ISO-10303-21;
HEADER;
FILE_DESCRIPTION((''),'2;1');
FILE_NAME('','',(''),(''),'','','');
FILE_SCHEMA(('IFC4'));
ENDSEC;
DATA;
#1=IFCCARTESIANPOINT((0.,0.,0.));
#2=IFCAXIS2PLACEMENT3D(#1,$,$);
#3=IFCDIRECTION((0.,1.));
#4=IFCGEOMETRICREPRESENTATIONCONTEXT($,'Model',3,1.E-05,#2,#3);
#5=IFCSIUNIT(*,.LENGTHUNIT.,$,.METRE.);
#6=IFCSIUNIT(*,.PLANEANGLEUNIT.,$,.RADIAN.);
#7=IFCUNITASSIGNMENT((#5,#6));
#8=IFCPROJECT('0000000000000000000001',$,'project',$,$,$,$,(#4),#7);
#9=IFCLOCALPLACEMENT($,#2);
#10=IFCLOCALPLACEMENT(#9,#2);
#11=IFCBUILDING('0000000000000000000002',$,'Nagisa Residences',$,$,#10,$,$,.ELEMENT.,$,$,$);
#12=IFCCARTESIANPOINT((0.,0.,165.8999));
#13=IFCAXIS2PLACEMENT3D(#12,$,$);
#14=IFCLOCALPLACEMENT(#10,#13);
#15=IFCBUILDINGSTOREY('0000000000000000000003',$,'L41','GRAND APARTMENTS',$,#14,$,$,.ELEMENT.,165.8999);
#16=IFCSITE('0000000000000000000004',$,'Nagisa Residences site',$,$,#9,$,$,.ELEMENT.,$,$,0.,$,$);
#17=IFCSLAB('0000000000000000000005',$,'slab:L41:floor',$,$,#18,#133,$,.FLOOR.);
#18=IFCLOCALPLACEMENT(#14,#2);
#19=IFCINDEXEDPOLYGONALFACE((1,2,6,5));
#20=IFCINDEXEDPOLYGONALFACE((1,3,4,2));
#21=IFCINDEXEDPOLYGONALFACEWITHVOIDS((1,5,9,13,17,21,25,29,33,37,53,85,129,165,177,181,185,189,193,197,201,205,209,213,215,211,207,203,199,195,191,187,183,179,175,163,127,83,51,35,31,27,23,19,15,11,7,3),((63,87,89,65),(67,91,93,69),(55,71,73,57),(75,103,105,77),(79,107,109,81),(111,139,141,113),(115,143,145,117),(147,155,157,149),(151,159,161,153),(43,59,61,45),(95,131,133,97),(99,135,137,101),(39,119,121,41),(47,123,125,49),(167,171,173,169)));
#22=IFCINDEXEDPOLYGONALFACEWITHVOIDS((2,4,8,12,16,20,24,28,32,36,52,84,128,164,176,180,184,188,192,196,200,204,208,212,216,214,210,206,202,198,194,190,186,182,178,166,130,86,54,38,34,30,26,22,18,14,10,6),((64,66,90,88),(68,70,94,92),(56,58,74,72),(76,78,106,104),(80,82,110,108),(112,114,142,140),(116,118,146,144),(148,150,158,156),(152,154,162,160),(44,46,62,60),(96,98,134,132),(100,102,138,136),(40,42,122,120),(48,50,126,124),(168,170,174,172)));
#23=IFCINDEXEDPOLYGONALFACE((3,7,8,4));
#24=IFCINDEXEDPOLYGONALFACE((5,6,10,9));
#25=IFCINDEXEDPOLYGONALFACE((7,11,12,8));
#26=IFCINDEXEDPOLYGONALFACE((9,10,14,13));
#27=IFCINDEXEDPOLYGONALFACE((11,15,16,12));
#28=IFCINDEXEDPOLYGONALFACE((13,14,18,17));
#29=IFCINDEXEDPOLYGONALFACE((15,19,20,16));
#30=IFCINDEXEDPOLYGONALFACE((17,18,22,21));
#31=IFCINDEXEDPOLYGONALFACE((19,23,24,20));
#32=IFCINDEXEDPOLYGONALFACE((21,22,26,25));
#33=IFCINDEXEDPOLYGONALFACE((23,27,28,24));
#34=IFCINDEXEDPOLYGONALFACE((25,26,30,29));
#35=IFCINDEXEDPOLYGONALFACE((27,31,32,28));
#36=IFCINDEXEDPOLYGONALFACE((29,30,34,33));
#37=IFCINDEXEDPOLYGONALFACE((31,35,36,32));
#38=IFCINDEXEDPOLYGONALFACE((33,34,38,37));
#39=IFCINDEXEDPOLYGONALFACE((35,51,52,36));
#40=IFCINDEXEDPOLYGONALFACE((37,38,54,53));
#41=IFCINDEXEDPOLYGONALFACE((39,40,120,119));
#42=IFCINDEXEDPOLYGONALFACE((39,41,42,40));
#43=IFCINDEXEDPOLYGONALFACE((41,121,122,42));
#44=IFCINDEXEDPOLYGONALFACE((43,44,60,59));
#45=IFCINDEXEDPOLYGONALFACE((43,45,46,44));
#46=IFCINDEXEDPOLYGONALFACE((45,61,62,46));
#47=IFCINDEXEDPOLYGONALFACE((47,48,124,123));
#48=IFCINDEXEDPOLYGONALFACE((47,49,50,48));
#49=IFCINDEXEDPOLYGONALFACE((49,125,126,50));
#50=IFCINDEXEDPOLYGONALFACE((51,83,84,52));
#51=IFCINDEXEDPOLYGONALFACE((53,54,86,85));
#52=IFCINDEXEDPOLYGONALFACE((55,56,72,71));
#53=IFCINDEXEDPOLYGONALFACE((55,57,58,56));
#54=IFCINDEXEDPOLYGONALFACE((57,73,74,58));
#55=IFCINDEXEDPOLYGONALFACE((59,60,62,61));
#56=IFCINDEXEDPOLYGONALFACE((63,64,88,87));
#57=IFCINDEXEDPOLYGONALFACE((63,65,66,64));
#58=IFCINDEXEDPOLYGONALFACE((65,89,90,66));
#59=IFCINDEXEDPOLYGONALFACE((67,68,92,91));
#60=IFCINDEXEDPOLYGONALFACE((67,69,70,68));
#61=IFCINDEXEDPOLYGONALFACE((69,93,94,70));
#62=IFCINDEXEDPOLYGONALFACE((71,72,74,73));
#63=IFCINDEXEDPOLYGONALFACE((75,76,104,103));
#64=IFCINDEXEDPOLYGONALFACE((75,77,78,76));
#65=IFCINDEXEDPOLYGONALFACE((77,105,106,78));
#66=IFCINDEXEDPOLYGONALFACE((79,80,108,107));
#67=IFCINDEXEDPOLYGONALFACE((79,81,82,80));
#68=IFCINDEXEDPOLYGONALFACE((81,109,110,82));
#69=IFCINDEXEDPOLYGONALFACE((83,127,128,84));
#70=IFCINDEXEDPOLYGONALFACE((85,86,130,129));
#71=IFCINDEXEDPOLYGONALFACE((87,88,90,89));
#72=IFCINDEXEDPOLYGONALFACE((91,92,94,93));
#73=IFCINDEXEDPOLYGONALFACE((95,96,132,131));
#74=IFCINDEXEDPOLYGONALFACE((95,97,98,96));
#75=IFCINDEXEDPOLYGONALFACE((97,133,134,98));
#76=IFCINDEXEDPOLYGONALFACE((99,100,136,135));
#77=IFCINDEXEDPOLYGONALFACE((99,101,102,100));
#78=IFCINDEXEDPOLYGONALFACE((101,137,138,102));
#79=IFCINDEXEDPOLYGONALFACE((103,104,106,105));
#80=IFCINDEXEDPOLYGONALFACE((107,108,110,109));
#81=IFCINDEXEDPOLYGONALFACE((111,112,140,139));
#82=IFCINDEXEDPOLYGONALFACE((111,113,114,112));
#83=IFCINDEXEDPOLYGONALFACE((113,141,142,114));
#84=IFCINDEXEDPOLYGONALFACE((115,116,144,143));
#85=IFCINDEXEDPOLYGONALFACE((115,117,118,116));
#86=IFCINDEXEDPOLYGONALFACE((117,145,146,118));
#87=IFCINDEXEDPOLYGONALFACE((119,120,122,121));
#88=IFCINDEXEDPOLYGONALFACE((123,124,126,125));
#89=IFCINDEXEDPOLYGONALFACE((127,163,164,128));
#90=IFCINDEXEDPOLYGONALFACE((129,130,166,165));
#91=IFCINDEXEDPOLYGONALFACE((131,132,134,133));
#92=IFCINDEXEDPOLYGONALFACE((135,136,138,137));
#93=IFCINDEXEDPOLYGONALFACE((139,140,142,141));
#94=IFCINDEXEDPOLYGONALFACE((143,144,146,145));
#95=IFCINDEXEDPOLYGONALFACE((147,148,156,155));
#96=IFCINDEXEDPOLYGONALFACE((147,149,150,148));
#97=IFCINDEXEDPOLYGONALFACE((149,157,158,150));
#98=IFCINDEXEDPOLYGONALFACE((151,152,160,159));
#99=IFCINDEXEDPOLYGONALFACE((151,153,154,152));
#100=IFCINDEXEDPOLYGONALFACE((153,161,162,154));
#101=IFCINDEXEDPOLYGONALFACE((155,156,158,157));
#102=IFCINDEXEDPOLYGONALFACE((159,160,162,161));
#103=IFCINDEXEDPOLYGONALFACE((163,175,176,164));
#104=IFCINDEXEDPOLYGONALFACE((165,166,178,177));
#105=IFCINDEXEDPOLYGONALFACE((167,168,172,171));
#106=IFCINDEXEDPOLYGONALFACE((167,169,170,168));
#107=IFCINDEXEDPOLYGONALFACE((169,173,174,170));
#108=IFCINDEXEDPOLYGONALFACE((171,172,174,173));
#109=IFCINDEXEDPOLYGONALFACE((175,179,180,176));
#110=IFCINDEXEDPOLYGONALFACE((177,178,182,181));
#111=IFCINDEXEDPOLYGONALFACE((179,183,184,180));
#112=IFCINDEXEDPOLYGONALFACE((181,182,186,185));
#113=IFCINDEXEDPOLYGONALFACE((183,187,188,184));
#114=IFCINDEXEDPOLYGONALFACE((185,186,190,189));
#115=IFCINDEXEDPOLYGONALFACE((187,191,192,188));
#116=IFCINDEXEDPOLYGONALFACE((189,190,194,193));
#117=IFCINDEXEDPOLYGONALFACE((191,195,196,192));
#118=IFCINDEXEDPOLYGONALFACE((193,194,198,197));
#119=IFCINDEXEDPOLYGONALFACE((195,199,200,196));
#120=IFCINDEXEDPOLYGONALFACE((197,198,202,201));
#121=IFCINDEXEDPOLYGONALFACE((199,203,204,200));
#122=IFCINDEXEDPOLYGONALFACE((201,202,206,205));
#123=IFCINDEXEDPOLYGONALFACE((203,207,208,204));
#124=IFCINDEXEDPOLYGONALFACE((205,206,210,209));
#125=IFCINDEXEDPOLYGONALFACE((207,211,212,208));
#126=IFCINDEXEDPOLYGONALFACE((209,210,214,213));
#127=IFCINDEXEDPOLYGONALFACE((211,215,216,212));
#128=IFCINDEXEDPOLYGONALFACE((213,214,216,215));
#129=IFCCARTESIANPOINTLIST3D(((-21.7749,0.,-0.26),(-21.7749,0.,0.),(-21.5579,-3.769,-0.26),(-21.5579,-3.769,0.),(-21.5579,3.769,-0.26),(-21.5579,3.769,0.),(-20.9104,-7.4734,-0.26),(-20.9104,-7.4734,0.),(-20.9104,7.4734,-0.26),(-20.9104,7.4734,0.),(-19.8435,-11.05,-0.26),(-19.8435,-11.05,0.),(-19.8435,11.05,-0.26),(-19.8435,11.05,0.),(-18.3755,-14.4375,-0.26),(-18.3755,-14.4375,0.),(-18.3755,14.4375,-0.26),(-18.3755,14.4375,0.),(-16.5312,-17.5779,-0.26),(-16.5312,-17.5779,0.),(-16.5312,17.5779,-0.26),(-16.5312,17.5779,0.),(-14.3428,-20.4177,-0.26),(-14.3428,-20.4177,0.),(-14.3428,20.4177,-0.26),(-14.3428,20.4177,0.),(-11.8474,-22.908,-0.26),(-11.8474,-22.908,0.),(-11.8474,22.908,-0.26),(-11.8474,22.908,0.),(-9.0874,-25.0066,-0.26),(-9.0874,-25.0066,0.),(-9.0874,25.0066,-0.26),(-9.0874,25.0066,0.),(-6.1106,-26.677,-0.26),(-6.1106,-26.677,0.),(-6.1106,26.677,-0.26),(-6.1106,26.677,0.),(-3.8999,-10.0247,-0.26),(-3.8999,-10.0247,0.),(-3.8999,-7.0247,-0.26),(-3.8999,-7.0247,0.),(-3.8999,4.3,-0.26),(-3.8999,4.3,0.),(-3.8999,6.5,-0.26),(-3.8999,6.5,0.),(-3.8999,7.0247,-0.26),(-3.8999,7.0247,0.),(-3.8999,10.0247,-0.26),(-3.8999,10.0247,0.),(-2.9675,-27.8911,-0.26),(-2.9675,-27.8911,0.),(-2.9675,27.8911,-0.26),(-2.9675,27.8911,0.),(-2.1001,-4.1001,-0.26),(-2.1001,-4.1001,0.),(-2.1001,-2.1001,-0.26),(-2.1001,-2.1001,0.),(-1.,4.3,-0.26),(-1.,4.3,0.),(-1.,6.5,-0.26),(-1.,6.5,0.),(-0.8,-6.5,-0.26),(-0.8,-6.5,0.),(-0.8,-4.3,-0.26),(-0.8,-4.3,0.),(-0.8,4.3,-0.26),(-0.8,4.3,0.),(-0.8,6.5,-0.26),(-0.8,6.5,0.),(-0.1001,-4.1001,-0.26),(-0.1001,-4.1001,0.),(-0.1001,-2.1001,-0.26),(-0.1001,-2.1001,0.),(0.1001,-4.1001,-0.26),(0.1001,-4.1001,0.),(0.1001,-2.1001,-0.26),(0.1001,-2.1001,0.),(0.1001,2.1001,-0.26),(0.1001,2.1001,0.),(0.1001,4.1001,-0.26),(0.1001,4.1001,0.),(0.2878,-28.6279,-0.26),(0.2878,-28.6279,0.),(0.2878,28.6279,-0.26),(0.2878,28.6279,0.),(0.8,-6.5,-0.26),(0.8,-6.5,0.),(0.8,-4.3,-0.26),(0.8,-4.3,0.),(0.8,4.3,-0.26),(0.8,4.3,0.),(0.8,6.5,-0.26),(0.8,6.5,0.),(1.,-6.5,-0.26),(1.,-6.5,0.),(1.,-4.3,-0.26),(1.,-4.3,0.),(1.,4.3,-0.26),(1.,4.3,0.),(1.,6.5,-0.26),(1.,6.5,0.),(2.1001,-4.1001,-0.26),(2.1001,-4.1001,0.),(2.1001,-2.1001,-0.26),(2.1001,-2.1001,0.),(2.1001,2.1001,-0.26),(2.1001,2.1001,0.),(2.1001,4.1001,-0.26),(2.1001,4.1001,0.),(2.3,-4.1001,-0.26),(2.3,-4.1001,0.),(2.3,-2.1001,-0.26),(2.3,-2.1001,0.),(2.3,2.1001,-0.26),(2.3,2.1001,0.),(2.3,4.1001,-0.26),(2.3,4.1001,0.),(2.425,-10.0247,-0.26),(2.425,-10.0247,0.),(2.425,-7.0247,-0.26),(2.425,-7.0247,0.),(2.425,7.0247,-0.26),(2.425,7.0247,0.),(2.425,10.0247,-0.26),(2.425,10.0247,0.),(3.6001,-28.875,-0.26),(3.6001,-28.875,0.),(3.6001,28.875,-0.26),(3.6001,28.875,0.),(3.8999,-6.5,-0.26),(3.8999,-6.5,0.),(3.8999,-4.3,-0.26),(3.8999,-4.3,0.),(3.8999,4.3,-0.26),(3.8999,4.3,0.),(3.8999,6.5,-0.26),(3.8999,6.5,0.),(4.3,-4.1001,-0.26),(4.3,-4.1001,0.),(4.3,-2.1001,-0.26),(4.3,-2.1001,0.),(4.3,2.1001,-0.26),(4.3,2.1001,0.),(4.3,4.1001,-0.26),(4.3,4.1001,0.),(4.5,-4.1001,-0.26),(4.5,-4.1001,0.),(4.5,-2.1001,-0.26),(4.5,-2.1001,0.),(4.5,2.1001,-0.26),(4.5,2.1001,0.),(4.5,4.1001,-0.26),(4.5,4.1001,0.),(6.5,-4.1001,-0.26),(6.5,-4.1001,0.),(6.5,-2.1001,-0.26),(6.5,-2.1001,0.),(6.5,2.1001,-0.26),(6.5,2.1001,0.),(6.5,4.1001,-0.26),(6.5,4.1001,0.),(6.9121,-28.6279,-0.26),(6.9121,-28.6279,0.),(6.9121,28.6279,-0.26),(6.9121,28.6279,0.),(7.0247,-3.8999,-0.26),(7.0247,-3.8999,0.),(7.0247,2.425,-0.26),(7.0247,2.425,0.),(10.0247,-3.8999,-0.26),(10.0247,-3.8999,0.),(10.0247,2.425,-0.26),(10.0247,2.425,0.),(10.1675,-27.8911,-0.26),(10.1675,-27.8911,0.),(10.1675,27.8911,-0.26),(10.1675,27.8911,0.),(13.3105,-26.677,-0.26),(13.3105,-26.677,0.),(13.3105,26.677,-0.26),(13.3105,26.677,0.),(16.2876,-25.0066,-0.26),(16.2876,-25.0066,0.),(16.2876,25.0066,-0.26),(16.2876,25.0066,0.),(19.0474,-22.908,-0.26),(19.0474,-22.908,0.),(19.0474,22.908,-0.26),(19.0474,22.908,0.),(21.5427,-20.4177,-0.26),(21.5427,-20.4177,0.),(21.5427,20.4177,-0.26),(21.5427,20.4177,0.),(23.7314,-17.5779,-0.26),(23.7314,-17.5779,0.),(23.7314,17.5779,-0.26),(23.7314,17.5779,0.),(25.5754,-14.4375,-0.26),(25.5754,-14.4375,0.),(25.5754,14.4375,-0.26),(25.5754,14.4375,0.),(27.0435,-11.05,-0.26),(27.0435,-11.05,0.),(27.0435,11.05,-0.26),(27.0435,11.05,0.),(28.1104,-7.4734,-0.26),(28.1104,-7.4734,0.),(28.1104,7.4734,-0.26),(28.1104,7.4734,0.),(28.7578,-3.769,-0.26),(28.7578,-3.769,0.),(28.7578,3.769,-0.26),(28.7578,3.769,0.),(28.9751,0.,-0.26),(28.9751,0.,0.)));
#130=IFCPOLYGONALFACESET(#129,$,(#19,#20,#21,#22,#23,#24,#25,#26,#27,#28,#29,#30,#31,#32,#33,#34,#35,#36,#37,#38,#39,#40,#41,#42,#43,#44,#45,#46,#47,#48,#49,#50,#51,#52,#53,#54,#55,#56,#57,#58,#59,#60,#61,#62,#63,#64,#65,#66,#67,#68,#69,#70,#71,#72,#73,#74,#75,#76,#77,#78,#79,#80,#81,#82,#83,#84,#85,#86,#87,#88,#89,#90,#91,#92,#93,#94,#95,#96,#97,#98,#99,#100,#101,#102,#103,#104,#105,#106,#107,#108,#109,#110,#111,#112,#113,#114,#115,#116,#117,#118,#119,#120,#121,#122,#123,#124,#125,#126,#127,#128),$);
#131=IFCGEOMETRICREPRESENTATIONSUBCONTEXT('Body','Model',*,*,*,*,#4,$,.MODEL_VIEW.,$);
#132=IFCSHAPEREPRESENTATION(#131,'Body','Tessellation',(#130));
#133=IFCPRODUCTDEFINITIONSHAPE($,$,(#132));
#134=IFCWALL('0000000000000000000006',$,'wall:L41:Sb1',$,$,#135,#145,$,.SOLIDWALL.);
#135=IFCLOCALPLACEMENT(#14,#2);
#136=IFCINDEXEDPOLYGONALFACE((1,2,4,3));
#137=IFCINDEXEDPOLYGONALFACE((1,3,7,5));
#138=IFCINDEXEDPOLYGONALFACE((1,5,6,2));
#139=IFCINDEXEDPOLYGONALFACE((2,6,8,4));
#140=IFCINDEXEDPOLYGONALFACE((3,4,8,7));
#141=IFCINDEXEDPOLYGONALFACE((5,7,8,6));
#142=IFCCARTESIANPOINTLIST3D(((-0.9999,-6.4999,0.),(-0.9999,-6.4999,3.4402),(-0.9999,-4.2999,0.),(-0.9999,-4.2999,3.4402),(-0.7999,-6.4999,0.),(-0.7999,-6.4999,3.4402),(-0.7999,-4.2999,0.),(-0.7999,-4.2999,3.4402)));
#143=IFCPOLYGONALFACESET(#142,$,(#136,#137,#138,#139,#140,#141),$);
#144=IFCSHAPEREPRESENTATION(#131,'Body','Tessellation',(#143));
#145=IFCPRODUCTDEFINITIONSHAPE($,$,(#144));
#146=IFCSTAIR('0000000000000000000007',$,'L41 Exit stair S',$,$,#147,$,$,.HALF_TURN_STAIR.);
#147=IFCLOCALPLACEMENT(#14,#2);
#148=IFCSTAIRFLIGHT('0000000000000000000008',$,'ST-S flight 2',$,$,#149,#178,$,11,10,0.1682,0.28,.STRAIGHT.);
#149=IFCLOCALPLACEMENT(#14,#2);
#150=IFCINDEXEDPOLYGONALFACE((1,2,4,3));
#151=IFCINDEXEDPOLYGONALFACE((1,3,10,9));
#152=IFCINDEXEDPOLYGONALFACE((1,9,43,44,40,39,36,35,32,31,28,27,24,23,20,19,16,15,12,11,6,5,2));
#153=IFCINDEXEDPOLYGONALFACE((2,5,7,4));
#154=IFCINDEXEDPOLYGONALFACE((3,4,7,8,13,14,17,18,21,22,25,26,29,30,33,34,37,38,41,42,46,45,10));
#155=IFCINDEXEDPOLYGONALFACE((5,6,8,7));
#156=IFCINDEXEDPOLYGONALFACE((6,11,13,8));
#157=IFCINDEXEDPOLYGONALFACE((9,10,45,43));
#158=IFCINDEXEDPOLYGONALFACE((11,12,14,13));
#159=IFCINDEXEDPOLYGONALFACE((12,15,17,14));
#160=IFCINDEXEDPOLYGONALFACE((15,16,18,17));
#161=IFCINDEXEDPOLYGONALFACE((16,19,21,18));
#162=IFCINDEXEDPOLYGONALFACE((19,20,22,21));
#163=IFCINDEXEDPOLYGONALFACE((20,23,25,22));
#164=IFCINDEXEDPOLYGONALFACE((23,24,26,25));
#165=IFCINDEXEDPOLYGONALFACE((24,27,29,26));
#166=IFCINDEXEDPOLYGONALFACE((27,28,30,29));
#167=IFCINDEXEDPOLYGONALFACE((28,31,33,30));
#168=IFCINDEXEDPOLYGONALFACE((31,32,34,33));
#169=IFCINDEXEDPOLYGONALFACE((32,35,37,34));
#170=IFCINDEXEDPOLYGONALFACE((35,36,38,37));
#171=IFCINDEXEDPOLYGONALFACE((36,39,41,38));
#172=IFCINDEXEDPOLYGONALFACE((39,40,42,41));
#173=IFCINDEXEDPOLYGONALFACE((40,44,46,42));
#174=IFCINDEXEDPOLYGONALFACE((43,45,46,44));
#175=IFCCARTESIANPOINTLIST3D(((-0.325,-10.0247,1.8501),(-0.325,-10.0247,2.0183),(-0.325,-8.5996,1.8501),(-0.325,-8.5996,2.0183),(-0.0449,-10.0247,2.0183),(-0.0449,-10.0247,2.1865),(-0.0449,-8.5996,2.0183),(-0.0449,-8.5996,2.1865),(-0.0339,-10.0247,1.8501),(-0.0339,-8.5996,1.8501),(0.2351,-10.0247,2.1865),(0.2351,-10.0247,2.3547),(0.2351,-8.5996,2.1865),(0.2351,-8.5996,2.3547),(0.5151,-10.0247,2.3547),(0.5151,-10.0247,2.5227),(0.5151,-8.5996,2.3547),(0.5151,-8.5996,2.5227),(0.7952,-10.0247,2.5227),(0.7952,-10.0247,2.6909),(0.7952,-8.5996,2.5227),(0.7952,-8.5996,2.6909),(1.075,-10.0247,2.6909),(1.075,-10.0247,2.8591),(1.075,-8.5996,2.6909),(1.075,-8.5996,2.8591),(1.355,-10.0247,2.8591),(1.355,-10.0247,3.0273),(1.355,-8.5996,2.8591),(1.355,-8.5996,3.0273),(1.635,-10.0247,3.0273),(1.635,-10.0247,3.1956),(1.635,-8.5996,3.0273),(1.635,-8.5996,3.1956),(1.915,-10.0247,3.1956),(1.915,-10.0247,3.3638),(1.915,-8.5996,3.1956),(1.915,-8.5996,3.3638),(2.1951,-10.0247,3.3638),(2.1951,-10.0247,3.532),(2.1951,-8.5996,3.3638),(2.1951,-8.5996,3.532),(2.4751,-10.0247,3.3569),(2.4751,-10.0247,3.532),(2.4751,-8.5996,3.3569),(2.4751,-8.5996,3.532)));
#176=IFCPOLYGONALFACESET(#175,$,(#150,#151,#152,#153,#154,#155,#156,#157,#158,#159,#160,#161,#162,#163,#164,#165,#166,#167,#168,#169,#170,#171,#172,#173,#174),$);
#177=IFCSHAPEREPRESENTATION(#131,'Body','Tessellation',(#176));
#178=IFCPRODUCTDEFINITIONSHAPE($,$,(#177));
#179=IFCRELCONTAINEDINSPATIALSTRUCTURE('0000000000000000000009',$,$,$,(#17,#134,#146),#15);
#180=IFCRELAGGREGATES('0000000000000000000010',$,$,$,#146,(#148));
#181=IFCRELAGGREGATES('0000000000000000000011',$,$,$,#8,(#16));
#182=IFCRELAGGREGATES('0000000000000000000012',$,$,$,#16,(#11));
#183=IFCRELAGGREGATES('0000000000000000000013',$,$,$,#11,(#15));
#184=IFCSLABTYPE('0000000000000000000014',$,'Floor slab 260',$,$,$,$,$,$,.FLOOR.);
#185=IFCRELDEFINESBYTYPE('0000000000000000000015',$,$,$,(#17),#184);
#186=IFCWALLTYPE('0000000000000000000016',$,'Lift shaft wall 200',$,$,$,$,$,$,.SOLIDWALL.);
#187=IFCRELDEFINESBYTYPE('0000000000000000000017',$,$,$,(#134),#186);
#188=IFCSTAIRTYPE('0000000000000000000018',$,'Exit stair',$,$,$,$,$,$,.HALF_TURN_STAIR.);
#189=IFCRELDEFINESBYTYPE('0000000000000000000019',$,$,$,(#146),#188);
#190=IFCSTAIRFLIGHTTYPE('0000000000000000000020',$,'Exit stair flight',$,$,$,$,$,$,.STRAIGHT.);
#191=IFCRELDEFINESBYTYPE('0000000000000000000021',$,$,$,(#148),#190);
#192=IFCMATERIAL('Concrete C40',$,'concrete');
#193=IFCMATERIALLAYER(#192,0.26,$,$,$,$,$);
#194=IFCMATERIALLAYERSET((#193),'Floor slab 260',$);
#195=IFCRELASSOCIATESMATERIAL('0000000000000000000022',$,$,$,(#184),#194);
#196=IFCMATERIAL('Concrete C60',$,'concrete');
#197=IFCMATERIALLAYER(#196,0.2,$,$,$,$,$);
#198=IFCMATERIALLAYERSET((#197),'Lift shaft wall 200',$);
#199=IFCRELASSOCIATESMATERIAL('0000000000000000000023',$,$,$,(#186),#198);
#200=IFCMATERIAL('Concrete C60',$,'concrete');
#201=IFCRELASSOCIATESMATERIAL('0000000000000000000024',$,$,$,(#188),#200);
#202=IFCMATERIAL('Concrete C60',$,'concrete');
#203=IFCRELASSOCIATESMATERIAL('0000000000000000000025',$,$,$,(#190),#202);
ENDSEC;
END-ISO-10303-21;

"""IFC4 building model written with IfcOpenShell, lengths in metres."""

from ifc_helpers import new_model, si_unit, direction, frame, frame_2d, origin, place, context, subcontext, project, spatial, polyline, rectangle, outline, extrude, material, layer, layer_set, type_object, element, aggregate, save


model = new_model("IFC4")

# Units and contexts
model_context = context("Model", 3, precision=1e-05, world=origin(), true_north=direction((0.0, 1.0)))
body_context = subcontext(model_context, "Body", "Model", "MODEL_VIEW")
ifc_project = project(units=[si_unit("LENGTHUNIT", "METRE"), si_unit("PLANEANGLEUNIT", "RADIAN")], contexts=[model_context])

# Site, building, storey
site_placement = place(None, origin())
site = spatial("IfcSite", under=ifc_project, at=site_placement, Name="Nagisa Residences site", CompositionType="ELEMENT", RefElevation=0.0)
building_placement = place(site_placement, origin())
building = spatial("IfcBuilding", under=site, at=building_placement, Name="Nagisa Residences", CompositionType="ELEMENT")
storey_placement = place(building_placement, frame((0.0, 0.0, 165.8999)))
storey = spatial("IfcBuildingStorey", under=building, at=storey_placement, Name="L41", Description="GRAND APARTMENTS", CompositionType="ELEMENT", Elevation=165.8999)

# Slab
ifc_material_1 = material(Name="Concrete C40", Category="concrete")
ifc_layer_1 = layer(ifc_material_1, 0.26)
ifc_layer_set_1 = layer_set([ifc_layer_1], Name="Floor slab 260")
slab_type_1 = type_object("IfcSlabType", Name="Floor slab 260", PredefinedType="FLOOR", material=ifc_layer_set_1)
slab_1_placement = place(storey_placement, frame((0.0, 0.0, -0.26)))
element("IfcSlab", 1, at=slab_1_placement, inside=storey, type_object=slab_type_1, Name="slab:L41:floor", PredefinedType="FLOOR", context=body_context, shape_type="SweptSolid", body=[
    extrude(outline(polyline([(28.9751, 0.0), (28.7578, 3.769), (28.1104, 7.4734), (27.0435, 11.05), (25.5754, 14.4375), (23.7314, 17.5779), (21.5427, 20.4177), (19.0474, 22.908), (16.2876, 25.0066), (13.3105, 26.677), (10.1675, 27.8911), (6.9121, 28.6279), (3.6001, 28.875), (0.2878, 28.6279), (-2.9675, 27.8911), (-6.1106, 26.677), (-9.0874, 25.0066), (-11.8474, 22.908), (-14.3428, 20.4177), (-16.5312, 17.5779), (-18.3755, 14.4375), (-19.8435, 11.05), (-20.9104, 7.4734), (-21.5579, 3.769), (-21.7749, 0.0), (-21.5579, -3.769), (-20.9104, -7.4734), (-19.8435, -11.05), (-18.3755, -14.4375), (-16.5312, -17.5779), (-14.3428, -20.4177), (-11.8474, -22.908), (-9.0874, -25.0066), (-6.1106, -26.677), (-2.9675, -27.8911), (0.2878, -28.6279), (3.6001, -28.875), (6.9121, -28.6279), (10.1675, -27.8911), (13.3105, -26.677), (16.2876, -25.0066), (19.0474, -22.908), (21.5427, -20.4177), (23.7314, -17.5779), (25.5754, -14.4375), (27.0435, -11.05), (28.1104, -7.4734), (28.7578, -3.769), (28.9751, 0.0)]), holes=[polyline([(2.1001, 2.1001), (2.1001, 4.1001), (0.1001, 4.1001), (0.1001, 2.1001), (2.1001, 2.1001)]), polyline([(4.3, 2.1001), (4.3, 4.1001), (2.3, 4.1001), (2.3, 2.1001), (4.3, 2.1001)]), polyline([(6.5, 2.1001), (6.5, 4.1001), (4.5, 4.1001), (4.5, 2.1001), (6.5, 2.1001)]), polyline([(-0.1001, -4.1001), (-0.1001, -2.1001), (-2.1001, -2.1001), (-2.1001, -4.1001), (-0.1001, -4.1001)]), polyline([(2.1001, -4.1001), (2.1001, -2.1001), (0.1001, -2.1001), (0.1001, -4.1001), (2.1001, -4.1001)]), polyline([(4.3, -4.1001), (4.3, -2.1001), (2.3, -2.1001), (2.3, -4.1001), (4.3, -4.1001)]), polyline([(6.5, -4.1001), (6.5, -2.1001), (4.5, -2.1001), (4.5, -4.1001), (6.5, -4.1001)]), polyline([(3.8999, 4.3), (3.8999, 6.5), (1.0, 6.5), (1.0, 4.3), (3.8999, 4.3)]), polyline([(3.8999, -6.5), (3.8999, -4.3), (1.0, -4.3), (1.0, -6.5), (3.8999, -6.5)]), polyline([(-1.0, 4.3), (-1.0, 6.5), (-3.8999, 6.5), (-3.8999, 4.3), (-1.0, 4.3)]), polyline([(0.8, 4.3), (0.8, 6.5), (-0.8, 6.5), (-0.8, 4.3), (0.8, 4.3)]), polyline([(0.8, -6.5), (0.8, -4.3), (-0.8, -4.3), (-0.8, -6.5), (0.8, -6.5)]), polyline([(10.0247, -3.8999), (7.0247, -3.8999), (7.0247, 2.425), (10.0247, 2.425), (10.0247, -3.8999)]), polyline([(-3.8999, 7.0247), (-3.8999, 10.0247), (2.425, 10.0247), (2.425, 7.0247), (-3.8999, 7.0247)]), polyline([(-3.8999, -10.0247), (-3.8999, -7.0247), (2.425, -7.0247), (2.425, -10.0247), (-3.8999, -10.0247)])]), origin(), (0.0, 0.0, 1.0), 0.26),
])

# Wall
ifc_material_2 = material(Name="Concrete C60", Category="concrete")
ifc_layer_2 = layer(ifc_material_2, 0.2)
ifc_layer_set_2 = layer_set([ifc_layer_2], Name="Lift shaft wall 200")
wall_type = type_object("IfcWallType", Name="Lift shaft wall 200", PredefinedType="SOLIDWALL", material=ifc_layer_set_2)
wall_placement = place(storey_placement, frame((-0.8999, -6.5, 0.0), z_axis=(0.0, 0.0, 1.0), x_axis=(0.0, 1.0, 0.0)))
element("IfcWall", 2, at=wall_placement, inside=storey, type_object=wall_type, Name="wall:L41:Sb1", PredefinedType="SOLIDWALL", context=body_context, shape_type="SweptSolid", body=[
    extrude(rectangle(XDim=2.2, YDim=0.2, at=frame_2d((1.1001, 0.0))), origin(), (0.0, 0.0, 1.0), 3.4402),
])

# Stair, stair flight
ifc_material_3 = material(Name="Concrete C60", Category="concrete")
stair_type = type_object("IfcStairType", Name="Exit stair", PredefinedType="HALF_TURN_STAIR", material=ifc_material_3)
stair_placement = place(storey_placement, origin())
stair = element("IfcStair", 3, at=stair_placement, inside=storey, type_object=stair_type, Name="L41 Exit stair S", PredefinedType="HALF_TURN_STAIR")
ifc_material_4 = material(Name="Concrete C60", Category="concrete")
stair_flight_type = type_object("IfcStairFlightType", Name="Exit stair flight", PredefinedType="STRAIGHT", material=ifc_material_4)
stair_flight_placement = place(storey_placement, frame((-0.325, -9.312, 1.8501), z_axis=(0.0, 0.0, 1.0), x_axis=(1.0, 0.0, 0.0)))
stair_flight = element("IfcStairFlight", 4, at=stair_flight_placement, type_object=stair_flight_type, Name="ST-S flight 2", NumberOfRisers=11, NumberOfTreads=10, PredefinedType="STRAIGHT", RiserHeight=0.1682, TreadLength=0.28, context=body_context, shape_type="SweptSolid", body=[
    extrude(outline(polyline([(0.0, 0.0), (0.0, 0.1682), (0.28, 0.1682), (0.28, 0.3364), (0.5601, 0.3364), (0.5601, 0.5046), (0.8401, 0.5046), (0.8401, 0.6726), (1.1201, 0.6726), (1.1201, 0.8408), (1.3999, 0.8408), (1.3999, 1.009), (1.6799, 1.009), (1.6799, 1.1772), (1.96, 1.1772), (1.96, 1.3455), (2.24, 1.3455), (2.24, 1.5137), (2.52, 1.5137), (2.52, 1.6819), (2.8, 1.6819), (2.8, 1.8501), (2.8, 1.5068), (0.291, 0.0), (0.0, 0.0)])), frame((0.0, 0.7124, 0.0), z_axis=(0.0, -1.0, 0.0), x_axis=(1.0, 0.0, 0.0)), (0.0, 0.0, 1.0), 1.425),
])
aggregate(stair, [stair_flight])

save(model, "model.ifc")
